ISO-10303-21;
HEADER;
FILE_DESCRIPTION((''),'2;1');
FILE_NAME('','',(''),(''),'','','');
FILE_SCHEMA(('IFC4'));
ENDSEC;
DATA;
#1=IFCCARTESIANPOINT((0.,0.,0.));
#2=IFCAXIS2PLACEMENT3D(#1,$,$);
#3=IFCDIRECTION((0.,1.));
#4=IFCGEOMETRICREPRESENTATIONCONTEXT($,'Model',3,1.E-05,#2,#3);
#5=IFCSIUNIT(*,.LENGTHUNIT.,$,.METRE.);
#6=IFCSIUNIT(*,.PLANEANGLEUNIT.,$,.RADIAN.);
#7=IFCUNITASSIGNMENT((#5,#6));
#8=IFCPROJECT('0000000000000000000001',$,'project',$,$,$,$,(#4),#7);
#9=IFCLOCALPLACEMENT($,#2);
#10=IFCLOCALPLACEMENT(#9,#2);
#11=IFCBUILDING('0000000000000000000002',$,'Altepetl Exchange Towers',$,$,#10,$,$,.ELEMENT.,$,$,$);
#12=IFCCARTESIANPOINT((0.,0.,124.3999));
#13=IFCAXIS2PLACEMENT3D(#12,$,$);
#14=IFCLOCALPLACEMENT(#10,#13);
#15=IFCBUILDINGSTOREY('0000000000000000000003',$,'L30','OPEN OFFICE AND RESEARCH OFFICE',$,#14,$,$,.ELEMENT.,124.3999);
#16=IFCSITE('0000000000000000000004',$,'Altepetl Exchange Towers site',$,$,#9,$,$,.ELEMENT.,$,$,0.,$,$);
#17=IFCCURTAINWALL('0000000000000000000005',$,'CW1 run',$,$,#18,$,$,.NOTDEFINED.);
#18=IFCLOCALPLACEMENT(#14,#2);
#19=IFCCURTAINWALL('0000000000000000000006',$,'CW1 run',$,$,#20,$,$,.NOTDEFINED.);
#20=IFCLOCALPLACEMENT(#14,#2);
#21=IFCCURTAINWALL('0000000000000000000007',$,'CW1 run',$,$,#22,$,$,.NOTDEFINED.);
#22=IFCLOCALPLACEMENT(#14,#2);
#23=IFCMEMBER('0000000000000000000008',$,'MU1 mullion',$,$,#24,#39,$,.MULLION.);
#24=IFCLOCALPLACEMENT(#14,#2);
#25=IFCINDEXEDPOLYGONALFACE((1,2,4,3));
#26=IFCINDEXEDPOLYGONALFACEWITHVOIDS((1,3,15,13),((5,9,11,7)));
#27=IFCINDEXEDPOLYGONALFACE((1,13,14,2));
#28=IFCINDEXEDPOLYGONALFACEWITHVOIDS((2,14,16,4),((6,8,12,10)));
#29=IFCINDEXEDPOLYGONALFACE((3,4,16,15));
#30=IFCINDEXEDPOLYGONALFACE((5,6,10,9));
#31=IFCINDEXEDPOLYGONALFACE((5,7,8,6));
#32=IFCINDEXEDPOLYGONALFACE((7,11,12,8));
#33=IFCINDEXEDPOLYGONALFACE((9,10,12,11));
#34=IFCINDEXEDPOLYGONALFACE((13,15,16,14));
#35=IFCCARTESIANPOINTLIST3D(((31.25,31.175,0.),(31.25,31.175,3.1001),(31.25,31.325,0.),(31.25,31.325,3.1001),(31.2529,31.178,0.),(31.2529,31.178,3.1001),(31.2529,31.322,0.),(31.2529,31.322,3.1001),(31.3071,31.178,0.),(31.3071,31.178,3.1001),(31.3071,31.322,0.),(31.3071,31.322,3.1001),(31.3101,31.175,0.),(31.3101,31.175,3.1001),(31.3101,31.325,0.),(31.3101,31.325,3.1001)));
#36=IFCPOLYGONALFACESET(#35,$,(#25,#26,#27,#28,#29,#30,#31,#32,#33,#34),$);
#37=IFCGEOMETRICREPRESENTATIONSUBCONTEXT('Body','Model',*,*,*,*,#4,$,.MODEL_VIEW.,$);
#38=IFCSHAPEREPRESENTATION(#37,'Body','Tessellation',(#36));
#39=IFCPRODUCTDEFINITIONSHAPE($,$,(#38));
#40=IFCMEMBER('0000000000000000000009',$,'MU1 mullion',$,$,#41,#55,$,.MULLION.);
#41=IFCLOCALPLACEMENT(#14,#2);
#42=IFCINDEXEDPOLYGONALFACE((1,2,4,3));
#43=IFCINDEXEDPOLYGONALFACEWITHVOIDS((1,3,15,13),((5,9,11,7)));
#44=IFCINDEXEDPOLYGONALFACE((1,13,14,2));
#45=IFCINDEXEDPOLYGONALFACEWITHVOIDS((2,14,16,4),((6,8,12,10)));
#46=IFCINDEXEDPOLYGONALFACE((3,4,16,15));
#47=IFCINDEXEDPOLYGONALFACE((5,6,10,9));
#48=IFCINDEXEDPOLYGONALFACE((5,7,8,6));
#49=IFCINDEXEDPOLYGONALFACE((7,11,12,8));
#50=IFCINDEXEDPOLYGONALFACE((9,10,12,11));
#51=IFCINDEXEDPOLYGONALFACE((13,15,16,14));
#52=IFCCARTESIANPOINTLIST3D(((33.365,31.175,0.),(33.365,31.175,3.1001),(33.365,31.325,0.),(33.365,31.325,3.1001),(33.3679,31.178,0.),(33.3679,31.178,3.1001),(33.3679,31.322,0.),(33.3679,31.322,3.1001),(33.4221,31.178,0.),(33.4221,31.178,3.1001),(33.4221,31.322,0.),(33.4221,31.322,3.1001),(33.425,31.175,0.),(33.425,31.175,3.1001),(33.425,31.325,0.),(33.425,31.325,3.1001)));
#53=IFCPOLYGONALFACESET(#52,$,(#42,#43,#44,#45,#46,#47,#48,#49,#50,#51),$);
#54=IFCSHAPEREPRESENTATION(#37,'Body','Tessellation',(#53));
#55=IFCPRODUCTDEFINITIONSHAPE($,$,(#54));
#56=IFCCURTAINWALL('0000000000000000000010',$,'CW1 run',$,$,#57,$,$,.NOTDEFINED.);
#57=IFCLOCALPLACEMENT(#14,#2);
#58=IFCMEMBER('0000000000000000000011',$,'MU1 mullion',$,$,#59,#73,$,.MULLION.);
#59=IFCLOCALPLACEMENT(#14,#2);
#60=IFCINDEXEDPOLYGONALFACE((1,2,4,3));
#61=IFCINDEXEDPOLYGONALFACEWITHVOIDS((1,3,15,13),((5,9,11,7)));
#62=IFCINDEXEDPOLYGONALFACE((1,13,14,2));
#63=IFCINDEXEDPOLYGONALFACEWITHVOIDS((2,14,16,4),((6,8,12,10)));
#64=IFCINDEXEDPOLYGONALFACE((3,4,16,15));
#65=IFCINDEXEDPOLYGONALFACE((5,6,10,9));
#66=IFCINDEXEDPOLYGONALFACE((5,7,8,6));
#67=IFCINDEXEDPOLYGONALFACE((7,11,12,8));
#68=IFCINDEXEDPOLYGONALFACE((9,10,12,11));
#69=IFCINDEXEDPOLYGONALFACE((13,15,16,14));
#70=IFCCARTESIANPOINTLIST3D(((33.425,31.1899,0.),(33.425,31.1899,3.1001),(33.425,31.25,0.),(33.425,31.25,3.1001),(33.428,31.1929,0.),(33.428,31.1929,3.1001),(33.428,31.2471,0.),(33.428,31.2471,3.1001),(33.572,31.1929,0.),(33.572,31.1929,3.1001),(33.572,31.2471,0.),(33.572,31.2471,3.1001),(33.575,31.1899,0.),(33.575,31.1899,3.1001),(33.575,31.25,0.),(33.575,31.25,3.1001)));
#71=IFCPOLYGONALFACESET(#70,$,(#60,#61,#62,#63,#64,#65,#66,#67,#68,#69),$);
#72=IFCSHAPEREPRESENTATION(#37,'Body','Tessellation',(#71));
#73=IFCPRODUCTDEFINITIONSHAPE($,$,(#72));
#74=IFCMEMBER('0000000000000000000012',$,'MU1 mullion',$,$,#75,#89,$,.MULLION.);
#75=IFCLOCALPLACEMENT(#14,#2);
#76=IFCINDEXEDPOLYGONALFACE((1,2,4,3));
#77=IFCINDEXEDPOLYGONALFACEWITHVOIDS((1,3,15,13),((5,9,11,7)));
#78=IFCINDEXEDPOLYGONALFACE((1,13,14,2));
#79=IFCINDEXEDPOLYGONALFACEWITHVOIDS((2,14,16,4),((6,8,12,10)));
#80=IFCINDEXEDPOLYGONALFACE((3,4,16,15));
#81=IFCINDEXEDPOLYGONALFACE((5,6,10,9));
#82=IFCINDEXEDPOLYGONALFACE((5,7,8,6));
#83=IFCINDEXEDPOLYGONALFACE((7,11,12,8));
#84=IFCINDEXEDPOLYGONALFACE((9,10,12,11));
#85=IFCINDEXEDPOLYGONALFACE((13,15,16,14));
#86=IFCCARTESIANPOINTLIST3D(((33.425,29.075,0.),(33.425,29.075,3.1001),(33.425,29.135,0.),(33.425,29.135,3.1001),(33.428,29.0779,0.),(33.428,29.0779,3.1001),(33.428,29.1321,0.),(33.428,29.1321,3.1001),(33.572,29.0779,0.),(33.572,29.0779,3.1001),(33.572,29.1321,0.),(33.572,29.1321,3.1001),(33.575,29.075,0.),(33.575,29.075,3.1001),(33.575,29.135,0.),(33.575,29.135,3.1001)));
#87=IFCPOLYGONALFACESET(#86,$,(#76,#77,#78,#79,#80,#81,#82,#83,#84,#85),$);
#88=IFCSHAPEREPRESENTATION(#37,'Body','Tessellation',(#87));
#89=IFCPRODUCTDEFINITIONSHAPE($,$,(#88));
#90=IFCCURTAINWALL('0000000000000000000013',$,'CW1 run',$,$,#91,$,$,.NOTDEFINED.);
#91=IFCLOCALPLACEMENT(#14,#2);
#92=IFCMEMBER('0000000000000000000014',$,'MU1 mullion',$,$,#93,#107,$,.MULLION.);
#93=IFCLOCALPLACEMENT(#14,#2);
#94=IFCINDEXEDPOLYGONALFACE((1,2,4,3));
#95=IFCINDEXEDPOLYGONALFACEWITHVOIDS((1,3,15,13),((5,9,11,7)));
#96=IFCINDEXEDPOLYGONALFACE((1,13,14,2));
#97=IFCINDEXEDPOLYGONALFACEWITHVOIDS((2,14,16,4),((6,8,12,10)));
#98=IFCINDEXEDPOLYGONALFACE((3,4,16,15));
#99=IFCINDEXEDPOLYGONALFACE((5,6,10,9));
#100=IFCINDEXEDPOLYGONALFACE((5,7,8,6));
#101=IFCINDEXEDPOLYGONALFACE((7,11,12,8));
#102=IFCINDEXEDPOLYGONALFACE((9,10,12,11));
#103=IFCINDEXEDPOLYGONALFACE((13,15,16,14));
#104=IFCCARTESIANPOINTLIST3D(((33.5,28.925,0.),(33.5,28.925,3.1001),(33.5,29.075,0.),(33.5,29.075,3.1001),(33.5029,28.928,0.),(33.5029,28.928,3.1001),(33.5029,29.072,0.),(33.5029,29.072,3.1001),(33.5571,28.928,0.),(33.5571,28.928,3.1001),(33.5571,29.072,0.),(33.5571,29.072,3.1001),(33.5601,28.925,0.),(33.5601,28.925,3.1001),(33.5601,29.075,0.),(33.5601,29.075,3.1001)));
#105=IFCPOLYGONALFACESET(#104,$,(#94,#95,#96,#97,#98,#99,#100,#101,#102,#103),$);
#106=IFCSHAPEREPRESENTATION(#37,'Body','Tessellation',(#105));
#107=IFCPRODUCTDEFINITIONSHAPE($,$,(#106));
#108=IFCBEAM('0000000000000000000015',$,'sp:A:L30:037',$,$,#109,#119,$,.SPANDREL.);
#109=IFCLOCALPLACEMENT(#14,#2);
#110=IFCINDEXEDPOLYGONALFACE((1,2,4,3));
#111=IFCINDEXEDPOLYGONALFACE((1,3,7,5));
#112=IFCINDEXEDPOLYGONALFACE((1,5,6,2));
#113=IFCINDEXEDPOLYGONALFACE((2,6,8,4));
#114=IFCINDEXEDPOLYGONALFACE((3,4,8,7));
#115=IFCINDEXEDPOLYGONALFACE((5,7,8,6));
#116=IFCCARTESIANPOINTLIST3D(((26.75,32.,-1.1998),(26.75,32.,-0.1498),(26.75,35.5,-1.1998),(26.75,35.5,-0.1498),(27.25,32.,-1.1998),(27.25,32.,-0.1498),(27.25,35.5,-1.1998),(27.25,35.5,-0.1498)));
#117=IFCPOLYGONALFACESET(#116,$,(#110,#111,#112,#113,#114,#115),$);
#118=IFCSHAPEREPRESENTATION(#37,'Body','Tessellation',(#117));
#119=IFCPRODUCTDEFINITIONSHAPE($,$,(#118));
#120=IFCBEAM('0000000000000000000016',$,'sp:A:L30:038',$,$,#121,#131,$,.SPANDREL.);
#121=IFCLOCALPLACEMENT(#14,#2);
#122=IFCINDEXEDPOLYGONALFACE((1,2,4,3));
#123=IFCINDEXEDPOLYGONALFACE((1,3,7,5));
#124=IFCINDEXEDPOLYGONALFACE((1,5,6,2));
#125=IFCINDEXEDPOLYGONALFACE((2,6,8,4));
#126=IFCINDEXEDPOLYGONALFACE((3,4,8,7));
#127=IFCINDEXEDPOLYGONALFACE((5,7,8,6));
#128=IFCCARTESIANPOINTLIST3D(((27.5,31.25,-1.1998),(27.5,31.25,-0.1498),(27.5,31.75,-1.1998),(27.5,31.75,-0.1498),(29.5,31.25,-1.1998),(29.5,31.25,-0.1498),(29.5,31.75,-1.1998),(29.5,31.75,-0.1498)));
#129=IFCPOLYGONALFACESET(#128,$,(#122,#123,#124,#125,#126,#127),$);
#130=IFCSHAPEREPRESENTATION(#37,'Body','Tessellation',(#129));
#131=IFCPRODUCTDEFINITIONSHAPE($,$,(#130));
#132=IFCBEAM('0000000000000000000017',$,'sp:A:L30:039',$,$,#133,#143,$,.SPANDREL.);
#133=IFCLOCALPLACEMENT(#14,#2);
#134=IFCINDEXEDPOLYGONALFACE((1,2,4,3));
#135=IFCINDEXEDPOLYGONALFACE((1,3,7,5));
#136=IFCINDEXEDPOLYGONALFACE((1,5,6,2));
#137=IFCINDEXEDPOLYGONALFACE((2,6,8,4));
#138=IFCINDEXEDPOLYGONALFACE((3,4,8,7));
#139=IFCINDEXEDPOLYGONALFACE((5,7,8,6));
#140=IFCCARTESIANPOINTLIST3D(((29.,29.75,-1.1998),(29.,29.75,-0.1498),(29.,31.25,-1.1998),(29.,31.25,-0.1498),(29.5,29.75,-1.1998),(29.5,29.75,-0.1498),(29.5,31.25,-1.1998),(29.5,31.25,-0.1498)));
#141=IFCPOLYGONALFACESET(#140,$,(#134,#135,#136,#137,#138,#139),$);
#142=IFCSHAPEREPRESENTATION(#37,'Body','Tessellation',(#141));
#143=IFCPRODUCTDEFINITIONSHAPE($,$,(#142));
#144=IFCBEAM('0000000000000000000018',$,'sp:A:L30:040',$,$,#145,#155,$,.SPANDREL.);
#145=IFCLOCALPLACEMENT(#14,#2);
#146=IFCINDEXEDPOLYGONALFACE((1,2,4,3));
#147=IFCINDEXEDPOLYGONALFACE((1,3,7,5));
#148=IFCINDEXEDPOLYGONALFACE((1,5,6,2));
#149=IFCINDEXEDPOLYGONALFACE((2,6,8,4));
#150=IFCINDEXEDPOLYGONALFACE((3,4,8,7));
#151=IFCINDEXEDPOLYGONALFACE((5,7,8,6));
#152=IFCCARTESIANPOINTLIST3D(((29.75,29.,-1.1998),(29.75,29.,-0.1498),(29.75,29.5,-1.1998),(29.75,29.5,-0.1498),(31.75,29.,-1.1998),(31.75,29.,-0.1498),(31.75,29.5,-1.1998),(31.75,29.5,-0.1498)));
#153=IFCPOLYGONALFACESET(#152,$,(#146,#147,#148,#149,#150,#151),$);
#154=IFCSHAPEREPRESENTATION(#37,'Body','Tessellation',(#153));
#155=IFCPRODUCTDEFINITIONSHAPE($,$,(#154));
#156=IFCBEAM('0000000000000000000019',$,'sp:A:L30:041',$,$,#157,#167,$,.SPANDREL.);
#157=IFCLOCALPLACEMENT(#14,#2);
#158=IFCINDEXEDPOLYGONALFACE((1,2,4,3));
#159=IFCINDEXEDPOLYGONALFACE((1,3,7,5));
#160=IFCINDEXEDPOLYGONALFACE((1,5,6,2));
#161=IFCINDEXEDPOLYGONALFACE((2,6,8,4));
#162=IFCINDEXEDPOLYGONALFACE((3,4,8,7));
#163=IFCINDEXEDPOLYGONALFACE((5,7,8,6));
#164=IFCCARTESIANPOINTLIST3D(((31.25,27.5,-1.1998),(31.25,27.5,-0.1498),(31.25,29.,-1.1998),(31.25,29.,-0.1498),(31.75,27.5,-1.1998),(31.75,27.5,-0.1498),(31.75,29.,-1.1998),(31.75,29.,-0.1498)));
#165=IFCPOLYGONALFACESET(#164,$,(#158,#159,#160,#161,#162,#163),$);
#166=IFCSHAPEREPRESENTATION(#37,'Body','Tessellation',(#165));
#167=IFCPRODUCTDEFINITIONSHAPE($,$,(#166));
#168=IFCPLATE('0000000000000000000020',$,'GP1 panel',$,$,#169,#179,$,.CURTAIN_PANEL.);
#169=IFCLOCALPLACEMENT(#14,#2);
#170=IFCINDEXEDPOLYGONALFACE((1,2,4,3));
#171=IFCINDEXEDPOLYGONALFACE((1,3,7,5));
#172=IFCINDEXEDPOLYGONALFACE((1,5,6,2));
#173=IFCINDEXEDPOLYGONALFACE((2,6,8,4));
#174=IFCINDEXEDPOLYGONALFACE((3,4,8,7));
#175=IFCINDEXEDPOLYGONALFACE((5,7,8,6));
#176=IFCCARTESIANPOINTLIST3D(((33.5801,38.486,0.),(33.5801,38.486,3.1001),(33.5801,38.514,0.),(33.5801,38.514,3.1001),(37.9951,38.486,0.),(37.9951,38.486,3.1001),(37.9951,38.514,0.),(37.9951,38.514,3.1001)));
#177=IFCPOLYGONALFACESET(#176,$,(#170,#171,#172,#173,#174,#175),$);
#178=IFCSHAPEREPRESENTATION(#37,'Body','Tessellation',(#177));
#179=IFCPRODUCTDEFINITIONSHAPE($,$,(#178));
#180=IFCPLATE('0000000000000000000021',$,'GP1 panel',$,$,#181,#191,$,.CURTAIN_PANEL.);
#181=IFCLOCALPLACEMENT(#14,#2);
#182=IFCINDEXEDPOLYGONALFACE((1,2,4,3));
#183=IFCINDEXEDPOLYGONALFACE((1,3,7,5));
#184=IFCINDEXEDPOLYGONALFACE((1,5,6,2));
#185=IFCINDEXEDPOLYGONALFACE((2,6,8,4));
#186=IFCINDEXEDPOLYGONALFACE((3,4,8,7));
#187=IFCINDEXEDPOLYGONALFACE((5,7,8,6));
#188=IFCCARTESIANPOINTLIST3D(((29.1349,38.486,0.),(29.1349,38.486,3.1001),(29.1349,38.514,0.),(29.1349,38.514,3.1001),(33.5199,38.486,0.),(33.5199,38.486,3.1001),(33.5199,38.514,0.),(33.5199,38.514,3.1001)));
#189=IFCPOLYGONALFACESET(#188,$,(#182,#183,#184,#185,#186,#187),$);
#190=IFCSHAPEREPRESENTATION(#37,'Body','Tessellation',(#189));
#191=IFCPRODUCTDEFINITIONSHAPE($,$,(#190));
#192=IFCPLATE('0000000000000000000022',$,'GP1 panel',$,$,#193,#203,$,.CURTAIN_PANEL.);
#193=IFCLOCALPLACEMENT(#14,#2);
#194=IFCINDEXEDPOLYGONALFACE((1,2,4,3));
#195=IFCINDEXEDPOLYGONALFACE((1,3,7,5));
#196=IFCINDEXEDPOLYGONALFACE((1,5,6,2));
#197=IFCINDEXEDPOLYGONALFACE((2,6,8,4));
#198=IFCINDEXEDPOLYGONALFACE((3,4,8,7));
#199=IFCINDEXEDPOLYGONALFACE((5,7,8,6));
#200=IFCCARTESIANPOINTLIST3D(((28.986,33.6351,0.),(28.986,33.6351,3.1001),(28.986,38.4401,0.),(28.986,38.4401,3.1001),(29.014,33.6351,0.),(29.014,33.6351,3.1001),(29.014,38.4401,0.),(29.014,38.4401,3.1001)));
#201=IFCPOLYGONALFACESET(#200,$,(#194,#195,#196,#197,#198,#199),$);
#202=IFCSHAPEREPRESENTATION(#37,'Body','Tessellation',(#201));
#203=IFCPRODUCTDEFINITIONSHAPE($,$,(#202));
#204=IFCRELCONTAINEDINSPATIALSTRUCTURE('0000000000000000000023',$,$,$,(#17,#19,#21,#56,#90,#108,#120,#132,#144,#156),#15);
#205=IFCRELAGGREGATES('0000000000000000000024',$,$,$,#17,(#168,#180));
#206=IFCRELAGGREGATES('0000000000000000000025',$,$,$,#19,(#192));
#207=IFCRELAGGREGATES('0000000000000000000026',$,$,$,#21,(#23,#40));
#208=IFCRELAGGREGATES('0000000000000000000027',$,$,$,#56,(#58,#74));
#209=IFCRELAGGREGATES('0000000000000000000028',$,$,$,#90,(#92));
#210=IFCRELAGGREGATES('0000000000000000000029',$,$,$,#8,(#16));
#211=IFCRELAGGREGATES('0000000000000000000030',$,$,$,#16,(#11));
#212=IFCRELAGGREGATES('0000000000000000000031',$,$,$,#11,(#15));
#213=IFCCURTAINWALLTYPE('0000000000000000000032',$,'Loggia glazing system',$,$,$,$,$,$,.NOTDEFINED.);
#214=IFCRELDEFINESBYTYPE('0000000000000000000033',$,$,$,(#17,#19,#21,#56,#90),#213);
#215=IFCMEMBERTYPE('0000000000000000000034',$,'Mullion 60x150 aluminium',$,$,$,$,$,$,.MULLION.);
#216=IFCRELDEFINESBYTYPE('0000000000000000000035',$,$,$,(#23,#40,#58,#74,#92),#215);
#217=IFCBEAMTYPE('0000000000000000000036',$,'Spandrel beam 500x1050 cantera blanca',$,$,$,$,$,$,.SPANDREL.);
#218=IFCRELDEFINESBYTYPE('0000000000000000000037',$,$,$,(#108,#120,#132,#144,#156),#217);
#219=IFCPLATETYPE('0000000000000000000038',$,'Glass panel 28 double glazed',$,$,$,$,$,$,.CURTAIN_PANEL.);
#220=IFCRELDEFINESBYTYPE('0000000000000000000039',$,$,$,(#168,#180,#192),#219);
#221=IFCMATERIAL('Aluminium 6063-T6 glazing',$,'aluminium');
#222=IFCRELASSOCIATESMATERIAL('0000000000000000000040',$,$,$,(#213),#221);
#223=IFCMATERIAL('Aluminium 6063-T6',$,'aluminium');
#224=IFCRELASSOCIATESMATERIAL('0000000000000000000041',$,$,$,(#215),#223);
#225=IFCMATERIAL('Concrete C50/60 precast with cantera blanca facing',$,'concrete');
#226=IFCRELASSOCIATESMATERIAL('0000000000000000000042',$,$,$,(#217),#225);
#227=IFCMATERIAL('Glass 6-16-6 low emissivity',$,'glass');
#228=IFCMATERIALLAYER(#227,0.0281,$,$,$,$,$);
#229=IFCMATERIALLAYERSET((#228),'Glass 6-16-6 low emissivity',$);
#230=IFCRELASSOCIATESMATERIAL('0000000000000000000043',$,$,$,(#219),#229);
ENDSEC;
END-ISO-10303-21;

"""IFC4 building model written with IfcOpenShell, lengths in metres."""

from ifc_helpers import new_model, si_unit, direction, frame, origin, origin_2d, place, context, subcontext, project, spatial, rectangle, hollow_rectangle, extrude, material, layer, layer_set, material_profile, profile_set, type_object, element, aggregate, save


model = new_model("IFC4")

# Units and contexts
model_context = context("Model", 3, precision=1e-05, world=origin(), true_north=direction((0.0, 1.0)))
body_context = subcontext(model_context, "Body", "Model", "MODEL_VIEW")
ifc_project = project(units=[si_unit("LENGTHUNIT", "METRE"), si_unit("PLANEANGLEUNIT", "RADIAN")], contexts=[model_context])

# Site, building, storey
site_placement = place(None, origin())
site = spatial("IfcSite", under=ifc_project, at=site_placement, Name="Altepetl Exchange Towers site", CompositionType="ELEMENT", RefElevation=0.0)
building_placement = place(site_placement, origin())
building = spatial("IfcBuilding", under=site, at=building_placement, Name="Altepetl Exchange Towers", CompositionType="ELEMENT")
storey_placement = place(building_placement, frame((0.0, 0.0, 124.3999)))
storey = spatial("IfcBuildingStorey", under=building, at=storey_placement, Name="L30", Description="OPEN OFFICE AND RESEARCH OFFICE", CompositionType="ELEMENT", Elevation=124.3999)

# Curtain walls, members
ifc_material_1 = material(Name="Aluminium 6063-T6 glazing", Category="aluminium")
curtain_wall_type = type_object("IfcCurtainWallType", Name="Loggia glazing system", PredefinedType="NOTDEFINED", material=ifc_material_1)
curtain_wall_1_placement = place(storey_placement, origin())
curtain_wall_1 = element("IfcCurtainWall", 1, at=curtain_wall_1_placement, inside=storey, type_object=curtain_wall_type, Name="CW1 run", PredefinedType="NOTDEFINED")
ifc_material_2 = material(Name="Aluminium 6063-T6", Category="aluminium")
ifc_material_profile_1 = material_profile(ifc_material_2, hollow_rectangle(XDim=0.0601, YDim=0.1499, WallThickness=0.0029, at=origin_2d()), Name="Mullion 60x150 aluminium")
ifc_profile_set_1 = profile_set([ifc_material_profile_1], Name="Aluminium 6063-T6")
member_type = type_object("IfcMemberType", Name="Mullion 60x150 aluminium", PredefinedType="MULLION", material=ifc_profile_set_1)
curtain_wall_2_placement = place(storey_placement, origin())
curtain_wall_2 = element("IfcCurtainWall", 2, at=curtain_wall_2_placement, inside=storey, type_object=curtain_wall_type, Name="CW1 run", PredefinedType="NOTDEFINED")
curtain_wall_3_placement = place(storey_placement, origin())
curtain_wall_3 = element("IfcCurtainWall", 3, at=curtain_wall_3_placement, inside=storey, type_object=curtain_wall_type, Name="CW1 run", PredefinedType="NOTDEFINED")
member_1_placement = place(storey_placement, frame((31.28, 31.25, 0.0)))
member_1 = element("IfcMember", 4, at=member_1_placement, type_object=member_type, Name="MU1 mullion", PredefinedType="MULLION", context=body_context, shape_type="SweptSolid", body=[
    extrude(hollow_rectangle(XDim=0.0601, YDim=0.1499, WallThickness=0.0029, at=origin_2d()), origin(), (0.0, 0.0, 1.0), 3.1001),
])
member_2_placement = place(storey_placement, frame((33.395, 31.25, 0.0)))
member_2 = element("IfcMember", 5, at=member_2_placement, type_object=member_type, Name="MU1 mullion", PredefinedType="MULLION", context=body_context, shape_type="SweptSolid", body=[
    extrude(hollow_rectangle(XDim=0.0601, YDim=0.1499, WallThickness=0.0029, at=origin_2d()), origin(), (0.0, 0.0, 1.0), 3.1001),
])
curtain_wall_4_placement = place(storey_placement, origin())
curtain_wall_4 = element("IfcCurtainWall", 6, at=curtain_wall_4_placement, inside=storey, type_object=curtain_wall_type, Name="CW1 run", PredefinedType="NOTDEFINED")
member_3_placement = place(storey_placement, frame((33.5, 31.22, 0.0), z_axis=(0.0, 0.0, 1.0), x_axis=(0.0, -1.0, 0.0)))
member_3 = element("IfcMember", 7, at=member_3_placement, type_object=member_type, Name="MU1 mullion", PredefinedType="MULLION", context=body_context, shape_type="SweptSolid", body=[
    extrude(hollow_rectangle(XDim=0.0601, YDim=0.1499, WallThickness=0.0029, at=origin_2d()), origin(), (0.0, 0.0, 1.0), 3.1001),
])
member_4_placement = place(storey_placement, frame((33.5, 29.105, 0.0), z_axis=(0.0, 0.0, 1.0), x_axis=(0.0, -1.0, 0.0)))
member_4 = element("IfcMember", 8, at=member_4_placement, type_object=member_type, Name="MU1 mullion", PredefinedType="MULLION", context=body_context, shape_type="SweptSolid", body=[
    extrude(hollow_rectangle(XDim=0.0601, YDim=0.1499, WallThickness=0.0029, at=origin_2d()), origin(), (0.0, 0.0, 1.0), 3.1001),
])

# Curtain wall, member
curtain_wall_5_placement = place(storey_placement, origin())
curtain_wall_5 = element("IfcCurtainWall", 9, at=curtain_wall_5_placement, inside=storey, type_object=curtain_wall_type, Name="CW1 run", PredefinedType="NOTDEFINED")
member_5_placement = place(storey_placement, frame((33.53, 29.0, 0.0)))
member_5 = element("IfcMember", 10, at=member_5_placement, type_object=member_type, Name="MU1 mullion", PredefinedType="MULLION", context=body_context, shape_type="SweptSolid", body=[
    extrude(hollow_rectangle(XDim=0.0601, YDim=0.1499, WallThickness=0.0029, at=origin_2d()), origin(), (0.0, 0.0, 1.0), 3.1001),
])

# Beams
ifc_material_3 = material(Name="Concrete C50/60 precast with cantera blanca facing", Category="concrete")
ifc_material_profile_2 = material_profile(ifc_material_3, rectangle(XDim=0.5, YDim=1.05, at=origin_2d()), Name="500 x 1050")
ifc_profile_set_2 = profile_set([ifc_material_profile_2], Name="Concrete C50/60 precast with cantera blanca facing")
beam_type_1 = type_object("IfcBeamType", Name="Spandrel beam 500x1050 cantera blanca", PredefinedType="SPANDREL", material=ifc_profile_set_2)
beam_1_placement = place(storey_placement, frame((27.0, 35.5, -0.6748), z_axis=(0.0, -1.0, 0.0), x_axis=(1.0, 0.0, 0.0)))
element("IfcBeam", 11, at=beam_1_placement, inside=storey, type_object=beam_type_1, Name="sp:A:L30:037", PredefinedType="SPANDREL", context=body_context, shape_type="SweptSolid", body=[
    extrude(rectangle(XDim=0.5, YDim=1.05, at=origin_2d()), origin(), (0.0, 0.0, 1.0), 3.5),
])
beam_2_placement = place(storey_placement, frame((27.5, 31.5, -0.6748), z_axis=(1.0, 0.0, 0.0), x_axis=(0.0, 1.0, 0.0)))
element("IfcBeam", 12, at=beam_2_placement, inside=storey, type_object=beam_type_1, Name="sp:A:L30:038", PredefinedType="SPANDREL", context=body_context, shape_type="SweptSolid", body=[
    extrude(rectangle(XDim=0.5, YDim=1.05, at=origin_2d()), origin(), (0.0, 0.0, 1.0), 2.0),
])
beam_3_placement = place(storey_placement, frame((29.25, 31.25, -0.6748), z_axis=(0.0, -1.0, 0.0), x_axis=(1.0, 0.0, 0.0)))
element("IfcBeam", 13, at=beam_3_placement, inside=storey, type_object=beam_type_1, Name="sp:A:L30:039", PredefinedType="SPANDREL", context=body_context, shape_type="SweptSolid", body=[
    extrude(rectangle(XDim=0.5, YDim=1.05, at=origin_2d()), origin(), (0.0, 0.0, 1.0), 1.5),
])
beam_4_placement = place(storey_placement, frame((29.75, 29.25, -0.6748), z_axis=(1.0, 0.0, 0.0), x_axis=(0.0, 1.0, 0.0)))
element("IfcBeam", 14, at=beam_4_placement, inside=storey, type_object=beam_type_1, Name="sp:A:L30:040", PredefinedType="SPANDREL", context=body_context, shape_type="SweptSolid", body=[
    extrude(rectangle(XDim=0.5, YDim=1.05, at=origin_2d()), origin(), (0.0, 0.0, 1.0), 2.0),
])
beam_5_placement = place(storey_placement, frame((31.5, 29.0, -0.6748), z_axis=(0.0, -1.0, 0.0), x_axis=(1.0, 0.0, 0.0)))
element("IfcBeam", 15, at=beam_5_placement, inside=storey, type_object=beam_type_1, Name="sp:A:L30:041", PredefinedType="SPANDREL", context=body_context, shape_type="SweptSolid", body=[
    extrude(rectangle(XDim=0.5, YDim=1.05, at=origin_2d()), origin(), (0.0, 0.0, 1.0), 1.5),
])

# Plates
ifc_material_4 = material(Name="Glass 6-16-6 low emissivity", Category="glass")
ifc_layer = layer(ifc_material_4, 0.0281)
ifc_layer_set = layer_set([ifc_layer], Name="Glass 6-16-6 low emissivity")
plate_type = type_object("IfcPlateType", Name="Glass panel 28 double glazed", PredefinedType="CURTAIN_PANEL", material=ifc_layer_set)
plate_1_placement = place(storey_placement, frame((35.7876, 38.5, 0.0), z_axis=(0.0, 0.0, 1.0), x_axis=(-1.0, 0.0, 0.0)))
plate_1 = element("IfcPlate", 16, at=plate_1_placement, type_object=plate_type, Name="GP1 panel", PredefinedType="CURTAIN_PANEL", context=body_context, shape_type="SweptSolid", body=[
    extrude(rectangle(XDim=4.415, YDim=0.0281, at=origin_2d()), origin(), (0.0, 0.0, 1.0), 3.1001),
])
plate_2_placement = place(storey_placement, frame((31.3274, 38.5, 0.0), z_axis=(0.0, 0.0, 1.0), x_axis=(-1.0, 0.0, 0.0)))
plate_2 = element("IfcPlate", 17, at=plate_2_placement, type_object=plate_type, Name="GP1 panel", PredefinedType="CURTAIN_PANEL", context=body_context, shape_type="SweptSolid", body=[
    extrude(rectangle(XDim=4.385, YDim=0.0281, at=origin_2d()), origin(), (0.0, 0.0, 1.0), 3.1001),
])
aggregate(curtain_wall_1, [plate_1, plate_2])
plate_3_placement = place(storey_placement, frame((29.0, 36.0376, 0.0), z_axis=(0.0, 0.0, 1.0), x_axis=(0.0, -1.0, 0.0)))
plate_3 = element("IfcPlate", 18, at=plate_3_placement, type_object=plate_type, Name="GP1 panel", PredefinedType="CURTAIN_PANEL", context=body_context, shape_type="SweptSolid", body=[
    extrude(rectangle(XDim=4.8049, YDim=0.0281, at=origin_2d()), origin(), (0.0, 0.0, 1.0), 3.1001),
])
aggregate(curtain_wall_2, [plate_3])
aggregate(curtain_wall_3, [member_1, member_2])
aggregate(curtain_wall_4, [member_3, member_4])
aggregate(curtain_wall_5, [member_5])

save(model, "model.ifc")
